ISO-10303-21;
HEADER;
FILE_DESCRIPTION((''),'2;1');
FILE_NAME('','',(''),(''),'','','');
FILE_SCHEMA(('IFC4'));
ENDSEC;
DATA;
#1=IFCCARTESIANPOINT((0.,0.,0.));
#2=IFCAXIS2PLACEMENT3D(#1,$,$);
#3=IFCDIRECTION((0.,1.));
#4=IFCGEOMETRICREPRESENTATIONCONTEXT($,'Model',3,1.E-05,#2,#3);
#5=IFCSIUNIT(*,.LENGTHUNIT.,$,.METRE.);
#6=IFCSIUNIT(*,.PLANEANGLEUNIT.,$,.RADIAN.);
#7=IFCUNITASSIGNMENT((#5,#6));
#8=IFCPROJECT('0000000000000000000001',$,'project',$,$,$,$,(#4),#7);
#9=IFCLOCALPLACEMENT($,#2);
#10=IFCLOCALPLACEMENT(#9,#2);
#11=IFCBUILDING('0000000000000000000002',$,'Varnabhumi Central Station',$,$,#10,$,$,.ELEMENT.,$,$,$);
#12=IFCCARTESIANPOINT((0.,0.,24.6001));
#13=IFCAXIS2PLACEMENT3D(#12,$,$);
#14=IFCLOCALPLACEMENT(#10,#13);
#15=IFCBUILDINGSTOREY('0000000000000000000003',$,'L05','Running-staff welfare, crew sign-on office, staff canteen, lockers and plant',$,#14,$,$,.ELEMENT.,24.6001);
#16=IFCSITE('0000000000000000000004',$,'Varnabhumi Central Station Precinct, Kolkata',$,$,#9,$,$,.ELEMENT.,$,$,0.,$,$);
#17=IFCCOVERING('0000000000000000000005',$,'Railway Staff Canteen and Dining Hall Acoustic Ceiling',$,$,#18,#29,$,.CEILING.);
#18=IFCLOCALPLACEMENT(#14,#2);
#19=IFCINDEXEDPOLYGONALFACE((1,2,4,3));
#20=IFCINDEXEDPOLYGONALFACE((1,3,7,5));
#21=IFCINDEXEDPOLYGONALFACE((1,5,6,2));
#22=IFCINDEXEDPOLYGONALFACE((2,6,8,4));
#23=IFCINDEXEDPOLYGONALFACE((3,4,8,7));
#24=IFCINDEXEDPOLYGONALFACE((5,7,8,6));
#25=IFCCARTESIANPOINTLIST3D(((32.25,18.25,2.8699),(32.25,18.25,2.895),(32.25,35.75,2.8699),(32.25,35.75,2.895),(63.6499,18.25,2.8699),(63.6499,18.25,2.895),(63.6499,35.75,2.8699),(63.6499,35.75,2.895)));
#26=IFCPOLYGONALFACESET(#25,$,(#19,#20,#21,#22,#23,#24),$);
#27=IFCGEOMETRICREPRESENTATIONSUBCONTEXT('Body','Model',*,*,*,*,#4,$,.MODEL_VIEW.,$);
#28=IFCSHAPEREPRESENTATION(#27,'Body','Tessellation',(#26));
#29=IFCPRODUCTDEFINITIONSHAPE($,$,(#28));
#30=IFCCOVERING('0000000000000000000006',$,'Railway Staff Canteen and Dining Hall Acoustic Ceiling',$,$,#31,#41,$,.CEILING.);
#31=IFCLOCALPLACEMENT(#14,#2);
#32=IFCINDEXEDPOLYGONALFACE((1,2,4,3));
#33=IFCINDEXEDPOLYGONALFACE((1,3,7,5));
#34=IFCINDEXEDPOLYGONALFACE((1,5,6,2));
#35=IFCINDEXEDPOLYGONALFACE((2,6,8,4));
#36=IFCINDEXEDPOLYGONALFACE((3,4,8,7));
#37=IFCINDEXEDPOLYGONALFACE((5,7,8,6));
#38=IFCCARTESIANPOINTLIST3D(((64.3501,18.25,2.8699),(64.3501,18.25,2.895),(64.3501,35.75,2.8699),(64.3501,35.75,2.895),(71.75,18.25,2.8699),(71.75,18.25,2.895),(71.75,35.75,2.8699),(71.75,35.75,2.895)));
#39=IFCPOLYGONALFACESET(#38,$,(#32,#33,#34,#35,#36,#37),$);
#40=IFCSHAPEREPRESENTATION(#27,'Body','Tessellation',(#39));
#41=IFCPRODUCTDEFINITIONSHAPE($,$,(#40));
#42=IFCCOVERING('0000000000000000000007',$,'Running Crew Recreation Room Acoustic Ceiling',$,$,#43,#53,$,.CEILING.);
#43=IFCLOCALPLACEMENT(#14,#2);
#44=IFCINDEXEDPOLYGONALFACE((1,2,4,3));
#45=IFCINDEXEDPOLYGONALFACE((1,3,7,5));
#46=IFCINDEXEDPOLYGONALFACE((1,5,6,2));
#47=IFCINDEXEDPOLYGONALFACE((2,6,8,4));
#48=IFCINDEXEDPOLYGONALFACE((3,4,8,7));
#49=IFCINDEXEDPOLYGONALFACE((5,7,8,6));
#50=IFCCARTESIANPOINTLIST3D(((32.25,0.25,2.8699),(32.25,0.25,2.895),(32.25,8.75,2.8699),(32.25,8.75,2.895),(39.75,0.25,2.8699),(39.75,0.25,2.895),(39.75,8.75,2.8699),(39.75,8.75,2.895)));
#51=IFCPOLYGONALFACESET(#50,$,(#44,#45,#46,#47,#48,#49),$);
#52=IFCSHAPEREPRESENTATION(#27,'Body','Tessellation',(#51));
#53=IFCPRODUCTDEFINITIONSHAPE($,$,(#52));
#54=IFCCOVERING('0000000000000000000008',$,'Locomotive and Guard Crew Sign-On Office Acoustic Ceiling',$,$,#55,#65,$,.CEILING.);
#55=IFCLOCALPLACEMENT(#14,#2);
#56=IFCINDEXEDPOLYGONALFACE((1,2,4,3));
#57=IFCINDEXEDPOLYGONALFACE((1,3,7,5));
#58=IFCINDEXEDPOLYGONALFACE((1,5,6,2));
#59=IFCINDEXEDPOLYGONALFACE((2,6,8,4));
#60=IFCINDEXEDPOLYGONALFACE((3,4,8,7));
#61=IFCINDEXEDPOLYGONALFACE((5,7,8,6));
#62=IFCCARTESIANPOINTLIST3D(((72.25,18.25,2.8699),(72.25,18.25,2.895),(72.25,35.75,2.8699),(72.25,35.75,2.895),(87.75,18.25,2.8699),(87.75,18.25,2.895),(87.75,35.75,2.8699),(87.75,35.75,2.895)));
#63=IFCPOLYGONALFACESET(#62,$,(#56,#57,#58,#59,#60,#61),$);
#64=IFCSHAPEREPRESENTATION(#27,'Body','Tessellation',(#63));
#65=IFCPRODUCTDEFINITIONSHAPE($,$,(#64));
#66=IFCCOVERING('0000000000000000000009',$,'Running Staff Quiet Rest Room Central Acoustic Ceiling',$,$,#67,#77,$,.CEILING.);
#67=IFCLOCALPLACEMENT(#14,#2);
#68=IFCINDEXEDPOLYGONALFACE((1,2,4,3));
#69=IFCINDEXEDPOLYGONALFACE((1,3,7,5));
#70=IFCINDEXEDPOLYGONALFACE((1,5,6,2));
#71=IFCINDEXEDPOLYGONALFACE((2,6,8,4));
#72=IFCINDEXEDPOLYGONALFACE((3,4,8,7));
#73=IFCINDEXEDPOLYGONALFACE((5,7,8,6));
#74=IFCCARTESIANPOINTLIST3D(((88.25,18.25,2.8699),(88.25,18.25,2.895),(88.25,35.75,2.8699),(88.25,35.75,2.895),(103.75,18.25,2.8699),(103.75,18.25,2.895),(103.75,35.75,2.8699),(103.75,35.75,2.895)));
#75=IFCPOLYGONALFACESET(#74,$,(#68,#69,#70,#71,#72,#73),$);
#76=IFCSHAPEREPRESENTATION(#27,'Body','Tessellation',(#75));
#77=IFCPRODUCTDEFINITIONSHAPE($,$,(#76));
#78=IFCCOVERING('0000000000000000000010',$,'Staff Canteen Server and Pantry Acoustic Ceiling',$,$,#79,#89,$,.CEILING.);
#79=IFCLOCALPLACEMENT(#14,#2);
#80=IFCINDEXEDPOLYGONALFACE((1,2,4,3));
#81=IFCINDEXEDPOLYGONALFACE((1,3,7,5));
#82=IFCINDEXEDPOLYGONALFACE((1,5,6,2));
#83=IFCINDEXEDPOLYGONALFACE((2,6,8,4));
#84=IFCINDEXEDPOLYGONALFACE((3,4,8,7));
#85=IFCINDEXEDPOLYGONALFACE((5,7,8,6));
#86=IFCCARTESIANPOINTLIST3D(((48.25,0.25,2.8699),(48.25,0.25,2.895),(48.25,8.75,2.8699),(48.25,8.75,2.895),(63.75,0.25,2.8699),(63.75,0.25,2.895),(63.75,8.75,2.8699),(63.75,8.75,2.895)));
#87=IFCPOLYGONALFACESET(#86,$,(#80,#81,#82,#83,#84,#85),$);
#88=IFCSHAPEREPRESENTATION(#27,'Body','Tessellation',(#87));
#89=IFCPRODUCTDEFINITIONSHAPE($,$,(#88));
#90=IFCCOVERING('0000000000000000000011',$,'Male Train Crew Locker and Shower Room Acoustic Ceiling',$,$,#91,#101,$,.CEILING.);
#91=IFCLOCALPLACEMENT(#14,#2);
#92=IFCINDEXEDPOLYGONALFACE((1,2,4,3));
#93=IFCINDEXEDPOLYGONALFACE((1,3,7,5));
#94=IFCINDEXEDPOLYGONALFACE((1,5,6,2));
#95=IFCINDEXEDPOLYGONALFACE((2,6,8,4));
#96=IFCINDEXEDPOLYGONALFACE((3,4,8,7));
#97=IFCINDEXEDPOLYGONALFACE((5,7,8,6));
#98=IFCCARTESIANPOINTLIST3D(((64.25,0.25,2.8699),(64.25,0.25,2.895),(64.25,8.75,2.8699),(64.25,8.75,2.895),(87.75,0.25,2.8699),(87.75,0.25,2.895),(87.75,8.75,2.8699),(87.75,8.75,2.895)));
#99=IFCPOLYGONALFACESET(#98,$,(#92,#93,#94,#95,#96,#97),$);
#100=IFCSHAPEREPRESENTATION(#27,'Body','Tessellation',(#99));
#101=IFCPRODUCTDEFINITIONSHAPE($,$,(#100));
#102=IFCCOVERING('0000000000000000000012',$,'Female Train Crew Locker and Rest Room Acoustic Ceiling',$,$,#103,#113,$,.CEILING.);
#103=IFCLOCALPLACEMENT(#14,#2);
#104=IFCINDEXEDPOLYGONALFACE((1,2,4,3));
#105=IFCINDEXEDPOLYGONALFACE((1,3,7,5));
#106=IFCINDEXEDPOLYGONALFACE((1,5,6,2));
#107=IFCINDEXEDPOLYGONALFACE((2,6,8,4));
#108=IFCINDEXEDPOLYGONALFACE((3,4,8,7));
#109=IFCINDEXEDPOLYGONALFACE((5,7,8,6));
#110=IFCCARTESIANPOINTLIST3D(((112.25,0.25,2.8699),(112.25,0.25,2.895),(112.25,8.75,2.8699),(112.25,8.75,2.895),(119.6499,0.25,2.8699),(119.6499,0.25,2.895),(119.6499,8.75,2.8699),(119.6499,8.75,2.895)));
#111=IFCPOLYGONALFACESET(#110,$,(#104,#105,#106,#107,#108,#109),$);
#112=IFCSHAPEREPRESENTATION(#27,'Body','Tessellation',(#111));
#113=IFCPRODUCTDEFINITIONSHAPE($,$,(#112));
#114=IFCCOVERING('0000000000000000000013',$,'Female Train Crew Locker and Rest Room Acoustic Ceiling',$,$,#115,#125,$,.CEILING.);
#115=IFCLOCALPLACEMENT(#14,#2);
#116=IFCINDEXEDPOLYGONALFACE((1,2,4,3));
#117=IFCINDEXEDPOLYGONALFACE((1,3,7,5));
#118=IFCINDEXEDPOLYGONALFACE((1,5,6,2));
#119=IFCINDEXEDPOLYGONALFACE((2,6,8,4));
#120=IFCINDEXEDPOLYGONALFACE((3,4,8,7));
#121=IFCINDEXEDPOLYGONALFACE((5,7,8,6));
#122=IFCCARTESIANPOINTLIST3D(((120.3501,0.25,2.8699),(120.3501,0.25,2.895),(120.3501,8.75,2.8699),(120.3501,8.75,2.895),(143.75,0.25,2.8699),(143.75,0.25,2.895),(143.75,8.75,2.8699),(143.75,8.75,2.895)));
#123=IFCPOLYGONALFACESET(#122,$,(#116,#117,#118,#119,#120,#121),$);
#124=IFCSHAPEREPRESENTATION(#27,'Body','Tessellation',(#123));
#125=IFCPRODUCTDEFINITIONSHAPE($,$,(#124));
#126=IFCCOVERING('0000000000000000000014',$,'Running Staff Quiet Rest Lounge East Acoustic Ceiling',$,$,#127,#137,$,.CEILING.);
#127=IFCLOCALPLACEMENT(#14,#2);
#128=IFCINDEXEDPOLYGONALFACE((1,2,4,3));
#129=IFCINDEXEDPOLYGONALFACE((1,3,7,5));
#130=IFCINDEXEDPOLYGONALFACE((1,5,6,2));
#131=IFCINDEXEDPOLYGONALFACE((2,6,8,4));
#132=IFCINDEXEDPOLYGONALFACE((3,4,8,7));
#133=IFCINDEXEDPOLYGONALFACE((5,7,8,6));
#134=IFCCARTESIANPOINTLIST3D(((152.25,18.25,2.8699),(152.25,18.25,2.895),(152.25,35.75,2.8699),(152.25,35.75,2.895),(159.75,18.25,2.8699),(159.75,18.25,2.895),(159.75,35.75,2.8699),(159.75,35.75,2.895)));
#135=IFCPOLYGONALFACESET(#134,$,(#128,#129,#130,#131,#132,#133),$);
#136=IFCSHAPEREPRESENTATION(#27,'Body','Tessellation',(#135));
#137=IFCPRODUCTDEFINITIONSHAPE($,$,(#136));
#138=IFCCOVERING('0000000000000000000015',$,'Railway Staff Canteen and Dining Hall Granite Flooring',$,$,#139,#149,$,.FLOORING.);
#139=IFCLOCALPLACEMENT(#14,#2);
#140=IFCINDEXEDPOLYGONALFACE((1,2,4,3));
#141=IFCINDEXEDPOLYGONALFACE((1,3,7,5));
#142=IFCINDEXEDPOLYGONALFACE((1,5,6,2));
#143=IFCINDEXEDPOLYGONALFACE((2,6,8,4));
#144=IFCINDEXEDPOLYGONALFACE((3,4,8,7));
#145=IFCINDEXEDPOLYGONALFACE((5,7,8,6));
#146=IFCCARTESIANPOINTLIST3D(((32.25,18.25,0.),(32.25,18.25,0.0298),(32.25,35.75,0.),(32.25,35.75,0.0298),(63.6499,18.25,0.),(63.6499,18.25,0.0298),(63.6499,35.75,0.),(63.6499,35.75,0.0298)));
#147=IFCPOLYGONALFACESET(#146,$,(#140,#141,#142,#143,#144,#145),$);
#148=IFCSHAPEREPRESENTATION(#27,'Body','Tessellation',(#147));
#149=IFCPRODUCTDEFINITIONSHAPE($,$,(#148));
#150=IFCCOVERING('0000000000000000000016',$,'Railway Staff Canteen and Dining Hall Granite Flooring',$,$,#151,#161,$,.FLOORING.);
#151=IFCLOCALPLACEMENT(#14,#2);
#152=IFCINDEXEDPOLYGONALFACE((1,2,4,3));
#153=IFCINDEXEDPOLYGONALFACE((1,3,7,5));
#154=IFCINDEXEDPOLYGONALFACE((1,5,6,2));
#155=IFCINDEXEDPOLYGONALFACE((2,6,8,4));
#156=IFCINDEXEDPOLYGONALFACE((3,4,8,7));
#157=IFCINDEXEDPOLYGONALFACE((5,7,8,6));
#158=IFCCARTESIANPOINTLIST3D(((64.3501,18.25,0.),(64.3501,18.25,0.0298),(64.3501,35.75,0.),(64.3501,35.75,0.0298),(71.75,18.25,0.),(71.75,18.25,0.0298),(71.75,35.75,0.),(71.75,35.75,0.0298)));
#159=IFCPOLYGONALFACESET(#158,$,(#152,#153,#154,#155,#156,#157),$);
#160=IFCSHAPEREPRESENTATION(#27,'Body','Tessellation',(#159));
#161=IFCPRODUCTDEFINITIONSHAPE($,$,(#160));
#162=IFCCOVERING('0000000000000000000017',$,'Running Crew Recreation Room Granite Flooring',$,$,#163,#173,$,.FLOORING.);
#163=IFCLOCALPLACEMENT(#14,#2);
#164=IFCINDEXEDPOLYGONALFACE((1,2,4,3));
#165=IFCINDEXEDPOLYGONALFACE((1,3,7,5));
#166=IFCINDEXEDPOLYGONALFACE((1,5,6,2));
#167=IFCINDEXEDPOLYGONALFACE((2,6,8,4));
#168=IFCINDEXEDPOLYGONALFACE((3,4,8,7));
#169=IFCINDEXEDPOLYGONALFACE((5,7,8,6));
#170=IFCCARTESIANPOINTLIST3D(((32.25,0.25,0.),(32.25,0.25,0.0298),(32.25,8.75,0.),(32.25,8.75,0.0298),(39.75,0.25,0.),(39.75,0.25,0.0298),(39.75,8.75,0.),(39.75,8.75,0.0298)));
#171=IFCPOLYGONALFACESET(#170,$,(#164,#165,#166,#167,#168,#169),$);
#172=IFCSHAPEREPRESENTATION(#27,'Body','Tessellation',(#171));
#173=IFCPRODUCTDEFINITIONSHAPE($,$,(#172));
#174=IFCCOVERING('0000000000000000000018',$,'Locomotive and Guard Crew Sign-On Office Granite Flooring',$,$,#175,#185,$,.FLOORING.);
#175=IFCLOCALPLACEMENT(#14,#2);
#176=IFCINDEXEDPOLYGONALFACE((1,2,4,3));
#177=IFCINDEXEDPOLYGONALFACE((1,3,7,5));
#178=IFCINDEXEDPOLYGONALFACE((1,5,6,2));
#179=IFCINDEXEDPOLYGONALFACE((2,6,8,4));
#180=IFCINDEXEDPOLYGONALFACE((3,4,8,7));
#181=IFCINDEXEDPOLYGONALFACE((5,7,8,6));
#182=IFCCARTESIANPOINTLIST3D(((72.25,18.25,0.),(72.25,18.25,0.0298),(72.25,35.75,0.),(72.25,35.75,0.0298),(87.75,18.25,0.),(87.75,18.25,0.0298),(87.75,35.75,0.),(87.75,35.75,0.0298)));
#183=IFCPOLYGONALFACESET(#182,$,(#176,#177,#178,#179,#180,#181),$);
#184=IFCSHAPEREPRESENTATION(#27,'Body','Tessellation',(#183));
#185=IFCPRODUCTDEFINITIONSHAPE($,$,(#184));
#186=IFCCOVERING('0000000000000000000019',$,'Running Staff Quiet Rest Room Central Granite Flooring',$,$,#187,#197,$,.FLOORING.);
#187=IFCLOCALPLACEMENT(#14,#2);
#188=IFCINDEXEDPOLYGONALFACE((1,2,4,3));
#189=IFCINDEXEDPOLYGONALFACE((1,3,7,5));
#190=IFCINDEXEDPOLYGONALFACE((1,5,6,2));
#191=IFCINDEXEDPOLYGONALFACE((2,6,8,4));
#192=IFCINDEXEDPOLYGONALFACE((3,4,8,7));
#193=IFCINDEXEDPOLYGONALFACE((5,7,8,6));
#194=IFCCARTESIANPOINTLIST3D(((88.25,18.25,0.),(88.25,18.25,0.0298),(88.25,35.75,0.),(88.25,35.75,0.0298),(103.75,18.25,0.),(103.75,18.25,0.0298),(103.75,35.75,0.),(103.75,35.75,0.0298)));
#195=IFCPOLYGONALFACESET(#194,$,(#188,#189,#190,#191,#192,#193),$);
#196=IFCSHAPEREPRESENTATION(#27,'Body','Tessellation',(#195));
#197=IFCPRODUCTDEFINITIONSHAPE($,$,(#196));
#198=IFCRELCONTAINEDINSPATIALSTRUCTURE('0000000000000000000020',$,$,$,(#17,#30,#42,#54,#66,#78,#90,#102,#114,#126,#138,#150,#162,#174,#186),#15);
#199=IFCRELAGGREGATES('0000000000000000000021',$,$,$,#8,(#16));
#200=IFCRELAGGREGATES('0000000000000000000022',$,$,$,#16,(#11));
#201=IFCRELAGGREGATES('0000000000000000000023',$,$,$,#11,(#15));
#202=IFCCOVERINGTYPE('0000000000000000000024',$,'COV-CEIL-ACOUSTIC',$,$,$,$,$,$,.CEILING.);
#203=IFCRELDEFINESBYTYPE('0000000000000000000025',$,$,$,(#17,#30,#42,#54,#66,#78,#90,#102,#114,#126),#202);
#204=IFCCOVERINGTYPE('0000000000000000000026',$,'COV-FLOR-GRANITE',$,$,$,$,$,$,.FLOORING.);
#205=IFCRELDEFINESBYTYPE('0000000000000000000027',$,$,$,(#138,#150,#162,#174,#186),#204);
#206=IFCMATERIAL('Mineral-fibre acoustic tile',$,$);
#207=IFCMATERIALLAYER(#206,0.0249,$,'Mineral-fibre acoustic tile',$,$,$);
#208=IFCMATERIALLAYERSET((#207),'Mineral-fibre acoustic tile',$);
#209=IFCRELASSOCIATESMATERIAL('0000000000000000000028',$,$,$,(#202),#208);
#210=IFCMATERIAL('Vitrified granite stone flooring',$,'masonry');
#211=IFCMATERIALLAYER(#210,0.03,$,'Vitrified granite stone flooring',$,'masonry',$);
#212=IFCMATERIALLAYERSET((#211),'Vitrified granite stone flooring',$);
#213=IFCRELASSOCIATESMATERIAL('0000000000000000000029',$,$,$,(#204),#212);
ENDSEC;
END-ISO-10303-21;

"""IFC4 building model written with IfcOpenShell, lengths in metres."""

from ifc_helpers import new_model, si_unit, direction, frame, origin, place, context, subcontext, project, spatial, polyline, outline, extrude, material, layer, layer_set, type_object, element, save


model = new_model("IFC4")

# Units and contexts
model_context = context("Model", 3, precision=1e-05, world=origin(), true_north=direction((0.0, 1.0)))
body_context = subcontext(model_context, "Body", "Model", "MODEL_VIEW")
ifc_project = project(units=[si_unit("LENGTHUNIT", "METRE"), si_unit("PLANEANGLEUNIT", "RADIAN")], contexts=[model_context])

# Site, building, storey
site_placement = place(None, origin())
site = spatial("IfcSite", under=ifc_project, at=site_placement, Name="Varnabhumi Central Station Precinct, Kolkata", CompositionType="ELEMENT", RefElevation=0.0)
building_placement = place(site_placement, origin())
building = spatial("IfcBuilding", under=site, at=building_placement, Name="Varnabhumi Central Station", CompositionType="ELEMENT")
storey_placement = place(building_placement, frame((0.0, 0.0, 24.6001)))
storey = spatial("IfcBuildingStorey", under=building, at=storey_placement, Name="L05", Description="Running-staff welfare, crew sign-on office, staff canteen, lockers and plant", CompositionType="ELEMENT", Elevation=24.6001)

# Coverings
ifc_material_1 = material(Name="Mineral-fibre acoustic tile")
ifc_layer_1 = layer(ifc_material_1, 0.0249, Name="Mineral-fibre acoustic tile")
ifc_layer_set_1 = layer_set([ifc_layer_1], Name="Mineral-fibre acoustic tile")
covering_type_1 = type_object("IfcCoveringType", Name="COV-CEIL-ACOUSTIC", PredefinedType="CEILING", material=ifc_layer_set_1)
covering_1_placement = place(storey_placement, frame((0.0, 0.0, 2.8699)))
element("IfcCovering", 1, at=covering_1_placement, inside=storey, type_object=covering_type_1, Name="Railway Staff Canteen and Dining Hall Acoustic Ceiling", PredefinedType="CEILING", context=body_context, shape_type="SweptSolid", body=[
    extrude(outline(polyline([(32.25, 18.25), (63.6499, 18.25), (63.6499, 35.75), (32.25, 35.75), (32.25, 18.25)])), origin(), (0.0, 0.0, 1.0), 0.0251),
])
covering_2_placement = place(storey_placement, frame((0.0, 0.0, 2.8699)))
element("IfcCovering", 2, at=covering_2_placement, inside=storey, type_object=covering_type_1, Name="Railway Staff Canteen and Dining Hall Acoustic Ceiling", PredefinedType="CEILING", context=body_context, shape_type="SweptSolid", body=[
    extrude(outline(polyline([(64.3501, 18.25), (71.75, 18.25), (71.75, 35.75), (64.3501, 35.75), (64.3501, 18.25)])), origin(), (0.0, 0.0, 1.0), 0.0251),
])
covering_3_placement = place(storey_placement, frame((0.0, 0.0, 2.8699)))
element("IfcCovering", 3, at=covering_3_placement, inside=storey, type_object=covering_type_1, Name="Running Crew Recreation Room Acoustic Ceiling", PredefinedType="CEILING", context=body_context, shape_type="SweptSolid", body=[
    extrude(outline(polyline([(32.25, 0.25), (39.75, 0.25), (39.75, 8.75), (32.25, 8.75), (32.25, 0.25)])), origin(), (0.0, 0.0, 1.0), 0.0251),
])
covering_4_placement = place(storey_placement, frame((0.0, 0.0, 2.8699)))
element("IfcCovering", 4, at=covering_4_placement, inside=storey, type_object=covering_type_1, Name="Locomotive and Guard Crew Sign-On Office Acoustic Ceiling", PredefinedType="CEILING", context=body_context, shape_type="SweptSolid", body=[
    extrude(outline(polyline([(72.25, 18.25), (87.75, 18.25), (87.75, 35.75), (72.25, 35.75), (72.25, 18.25)])), origin(), (0.0, 0.0, 1.0), 0.0251),
])
covering_5_placement = place(storey_placement, frame((0.0, 0.0, 2.8699)))
element("IfcCovering", 5, at=covering_5_placement, inside=storey, type_object=covering_type_1, Name="Running Staff Quiet Rest Room Central Acoustic Ceiling", PredefinedType="CEILING", context=body_context, shape_type="SweptSolid", body=[
    extrude(outline(polyline([(88.25, 18.25), (103.75, 18.25), (103.75, 35.75), (88.25, 35.75), (88.25, 18.25)])), origin(), (0.0, 0.0, 1.0), 0.0251),
])
covering_6_placement = place(storey_placement, frame((0.0, 0.0, 2.8699)))
element("IfcCovering", 6, at=covering_6_placement, inside=storey, type_object=covering_type_1, Name="Staff Canteen Server and Pantry Acoustic Ceiling", PredefinedType="CEILING", context=body_context, shape_type="SweptSolid", body=[
    extrude(outline(polyline([(48.25, 0.25), (63.75, 0.25), (63.75, 8.75), (48.25, 8.75), (48.25, 0.25)])), origin(), (0.0, 0.0, 1.0), 0.0251),
])
covering_7_placement = place(storey_placement, frame((0.0, 0.0, 2.8699)))
element("IfcCovering", 7, at=covering_7_placement, inside=storey, type_object=covering_type_1, Name="Male Train Crew Locker and Shower Room Acoustic Ceiling", PredefinedType="CEILING", context=body_context, shape_type="SweptSolid", body=[
    extrude(outline(polyline([(64.25, 0.25), (87.75, 0.25), (87.75, 8.75), (64.25, 8.75), (64.25, 0.25)])), origin(), (0.0, 0.0, 1.0), 0.0251),
])
covering_8_placement = place(storey_placement, frame((0.0, 0.0, 2.8699)))
element("IfcCovering", 8, at=covering_8_placement, inside=storey, type_object=covering_type_1, Name="Female Train Crew Locker and Rest Room Acoustic Ceiling", PredefinedType="CEILING", context=body_context, shape_type="SweptSolid", body=[
    extrude(outline(polyline([(112.25, 0.25), (119.6499, 0.25), (119.6499, 8.75), (112.25, 8.75), (112.25, 0.25)])), origin(), (0.0, 0.0, 1.0), 0.0251),
])
covering_9_placement = place(storey_placement, frame((0.0, 0.0, 2.8699)))
element("IfcCovering", 9, at=covering_9_placement, inside=storey, type_object=covering_type_1, Name="Female Train Crew Locker and Rest Room Acoustic Ceiling", PredefinedType="CEILING", context=body_context, shape_type="SweptSolid", body=[
    extrude(outline(polyline([(120.3501, 0.25), (143.75, 0.25), (143.75, 8.75), (120.3501, 8.75), (120.3501, 0.25)])), origin(), (0.0, 0.0, 1.0), 0.0251),
])
covering_10_placement = place(storey_placement, frame((0.0, 0.0, 2.8699)))
element("IfcCovering", 10, at=covering_10_placement, inside=storey, type_object=covering_type_1, Name="Running Staff Quiet Rest Lounge East Acoustic Ceiling", PredefinedType="CEILING", context=body_context, shape_type="SweptSolid", body=[
    extrude(outline(polyline([(152.25, 18.25), (159.75, 18.25), (159.75, 35.75), (152.25, 35.75), (152.25, 18.25)])), origin(), (0.0, 0.0, 1.0), 0.0251),
])
ifc_material_2 = material(Name="Vitrified granite stone flooring", Category="masonry")
ifc_layer_2 = layer(ifc_material_2, 0.03, Name="Vitrified granite stone flooring", Category="masonry")
ifc_layer_set_2 = layer_set([ifc_layer_2], Name="Vitrified granite stone flooring")
covering_type_2 = type_object("IfcCoveringType", Name="COV-FLOR-GRANITE", PredefinedType="FLOORING", material=ifc_layer_set_2)
covering_11_placement = place(storey_placement, origin())
element("IfcCovering", 11, at=covering_11_placement, inside=storey, type_object=covering_type_2, Name="Railway Staff Canteen and Dining Hall Granite Flooring", PredefinedType="FLOORING", context=body_context, shape_type="SweptSolid", body=[
    extrude(outline(polyline([(32.25, 18.25), (63.6499, 18.25), (63.6499, 35.75), (32.25, 35.75), (32.25, 18.25)])), origin(), (0.0, 0.0, 1.0), 0.0298),
])
covering_12_placement = place(storey_placement, origin())
element("IfcCovering", 12, at=covering_12_placement, inside=storey, type_object=covering_type_2, Name="Railway Staff Canteen and Dining Hall Granite Flooring", PredefinedType="FLOORING", context=body_context, shape_type="SweptSolid", body=[
    extrude(outline(polyline([(64.3501, 18.25), (71.75, 18.25), (71.75, 35.75), (64.3501, 35.75), (64.3501, 18.25)])), origin(), (0.0, 0.0, 1.0), 0.0298),
])
covering_13_placement = place(storey_placement, origin())
element("IfcCovering", 13, at=covering_13_placement, inside=storey, type_object=covering_type_2, Name="Running Crew Recreation Room Granite Flooring", PredefinedType="FLOORING", context=body_context, shape_type="SweptSolid", body=[
    extrude(outline(polyline([(32.25, 0.25), (39.75, 0.25), (39.75, 8.75), (32.25, 8.75), (32.25, 0.25)])), origin(), (0.0, 0.0, 1.0), 0.0298),
])
covering_14_placement = place(storey_placement, origin())
element("IfcCovering", 14, at=covering_14_placement, inside=storey, type_object=covering_type_2, Name="Locomotive and Guard Crew Sign-On Office Granite Flooring", PredefinedType="FLOORING", context=body_context, shape_type="SweptSolid", body=[
    extrude(outline(polyline([(72.25, 18.25), (87.75, 18.25), (87.75, 35.75), (72.25, 35.75), (72.25, 18.25)])), origin(), (0.0, 0.0, 1.0), 0.0298),
])
covering_15_placement = place(storey_placement, origin())
element("IfcCovering", 15, at=covering_15_placement, inside=storey, type_object=covering_type_2, Name="Running Staff Quiet Rest Room Central Granite Flooring", PredefinedType="FLOORING", context=body_context, shape_type="SweptSolid", body=[
    extrude(outline(polyline([(88.25, 18.25), (103.75, 18.25), (103.75, 35.75), (88.25, 35.75), (88.25, 18.25)])), origin(), (0.0, 0.0, 1.0), 0.0298),
])

save(model, "model.ifc")
